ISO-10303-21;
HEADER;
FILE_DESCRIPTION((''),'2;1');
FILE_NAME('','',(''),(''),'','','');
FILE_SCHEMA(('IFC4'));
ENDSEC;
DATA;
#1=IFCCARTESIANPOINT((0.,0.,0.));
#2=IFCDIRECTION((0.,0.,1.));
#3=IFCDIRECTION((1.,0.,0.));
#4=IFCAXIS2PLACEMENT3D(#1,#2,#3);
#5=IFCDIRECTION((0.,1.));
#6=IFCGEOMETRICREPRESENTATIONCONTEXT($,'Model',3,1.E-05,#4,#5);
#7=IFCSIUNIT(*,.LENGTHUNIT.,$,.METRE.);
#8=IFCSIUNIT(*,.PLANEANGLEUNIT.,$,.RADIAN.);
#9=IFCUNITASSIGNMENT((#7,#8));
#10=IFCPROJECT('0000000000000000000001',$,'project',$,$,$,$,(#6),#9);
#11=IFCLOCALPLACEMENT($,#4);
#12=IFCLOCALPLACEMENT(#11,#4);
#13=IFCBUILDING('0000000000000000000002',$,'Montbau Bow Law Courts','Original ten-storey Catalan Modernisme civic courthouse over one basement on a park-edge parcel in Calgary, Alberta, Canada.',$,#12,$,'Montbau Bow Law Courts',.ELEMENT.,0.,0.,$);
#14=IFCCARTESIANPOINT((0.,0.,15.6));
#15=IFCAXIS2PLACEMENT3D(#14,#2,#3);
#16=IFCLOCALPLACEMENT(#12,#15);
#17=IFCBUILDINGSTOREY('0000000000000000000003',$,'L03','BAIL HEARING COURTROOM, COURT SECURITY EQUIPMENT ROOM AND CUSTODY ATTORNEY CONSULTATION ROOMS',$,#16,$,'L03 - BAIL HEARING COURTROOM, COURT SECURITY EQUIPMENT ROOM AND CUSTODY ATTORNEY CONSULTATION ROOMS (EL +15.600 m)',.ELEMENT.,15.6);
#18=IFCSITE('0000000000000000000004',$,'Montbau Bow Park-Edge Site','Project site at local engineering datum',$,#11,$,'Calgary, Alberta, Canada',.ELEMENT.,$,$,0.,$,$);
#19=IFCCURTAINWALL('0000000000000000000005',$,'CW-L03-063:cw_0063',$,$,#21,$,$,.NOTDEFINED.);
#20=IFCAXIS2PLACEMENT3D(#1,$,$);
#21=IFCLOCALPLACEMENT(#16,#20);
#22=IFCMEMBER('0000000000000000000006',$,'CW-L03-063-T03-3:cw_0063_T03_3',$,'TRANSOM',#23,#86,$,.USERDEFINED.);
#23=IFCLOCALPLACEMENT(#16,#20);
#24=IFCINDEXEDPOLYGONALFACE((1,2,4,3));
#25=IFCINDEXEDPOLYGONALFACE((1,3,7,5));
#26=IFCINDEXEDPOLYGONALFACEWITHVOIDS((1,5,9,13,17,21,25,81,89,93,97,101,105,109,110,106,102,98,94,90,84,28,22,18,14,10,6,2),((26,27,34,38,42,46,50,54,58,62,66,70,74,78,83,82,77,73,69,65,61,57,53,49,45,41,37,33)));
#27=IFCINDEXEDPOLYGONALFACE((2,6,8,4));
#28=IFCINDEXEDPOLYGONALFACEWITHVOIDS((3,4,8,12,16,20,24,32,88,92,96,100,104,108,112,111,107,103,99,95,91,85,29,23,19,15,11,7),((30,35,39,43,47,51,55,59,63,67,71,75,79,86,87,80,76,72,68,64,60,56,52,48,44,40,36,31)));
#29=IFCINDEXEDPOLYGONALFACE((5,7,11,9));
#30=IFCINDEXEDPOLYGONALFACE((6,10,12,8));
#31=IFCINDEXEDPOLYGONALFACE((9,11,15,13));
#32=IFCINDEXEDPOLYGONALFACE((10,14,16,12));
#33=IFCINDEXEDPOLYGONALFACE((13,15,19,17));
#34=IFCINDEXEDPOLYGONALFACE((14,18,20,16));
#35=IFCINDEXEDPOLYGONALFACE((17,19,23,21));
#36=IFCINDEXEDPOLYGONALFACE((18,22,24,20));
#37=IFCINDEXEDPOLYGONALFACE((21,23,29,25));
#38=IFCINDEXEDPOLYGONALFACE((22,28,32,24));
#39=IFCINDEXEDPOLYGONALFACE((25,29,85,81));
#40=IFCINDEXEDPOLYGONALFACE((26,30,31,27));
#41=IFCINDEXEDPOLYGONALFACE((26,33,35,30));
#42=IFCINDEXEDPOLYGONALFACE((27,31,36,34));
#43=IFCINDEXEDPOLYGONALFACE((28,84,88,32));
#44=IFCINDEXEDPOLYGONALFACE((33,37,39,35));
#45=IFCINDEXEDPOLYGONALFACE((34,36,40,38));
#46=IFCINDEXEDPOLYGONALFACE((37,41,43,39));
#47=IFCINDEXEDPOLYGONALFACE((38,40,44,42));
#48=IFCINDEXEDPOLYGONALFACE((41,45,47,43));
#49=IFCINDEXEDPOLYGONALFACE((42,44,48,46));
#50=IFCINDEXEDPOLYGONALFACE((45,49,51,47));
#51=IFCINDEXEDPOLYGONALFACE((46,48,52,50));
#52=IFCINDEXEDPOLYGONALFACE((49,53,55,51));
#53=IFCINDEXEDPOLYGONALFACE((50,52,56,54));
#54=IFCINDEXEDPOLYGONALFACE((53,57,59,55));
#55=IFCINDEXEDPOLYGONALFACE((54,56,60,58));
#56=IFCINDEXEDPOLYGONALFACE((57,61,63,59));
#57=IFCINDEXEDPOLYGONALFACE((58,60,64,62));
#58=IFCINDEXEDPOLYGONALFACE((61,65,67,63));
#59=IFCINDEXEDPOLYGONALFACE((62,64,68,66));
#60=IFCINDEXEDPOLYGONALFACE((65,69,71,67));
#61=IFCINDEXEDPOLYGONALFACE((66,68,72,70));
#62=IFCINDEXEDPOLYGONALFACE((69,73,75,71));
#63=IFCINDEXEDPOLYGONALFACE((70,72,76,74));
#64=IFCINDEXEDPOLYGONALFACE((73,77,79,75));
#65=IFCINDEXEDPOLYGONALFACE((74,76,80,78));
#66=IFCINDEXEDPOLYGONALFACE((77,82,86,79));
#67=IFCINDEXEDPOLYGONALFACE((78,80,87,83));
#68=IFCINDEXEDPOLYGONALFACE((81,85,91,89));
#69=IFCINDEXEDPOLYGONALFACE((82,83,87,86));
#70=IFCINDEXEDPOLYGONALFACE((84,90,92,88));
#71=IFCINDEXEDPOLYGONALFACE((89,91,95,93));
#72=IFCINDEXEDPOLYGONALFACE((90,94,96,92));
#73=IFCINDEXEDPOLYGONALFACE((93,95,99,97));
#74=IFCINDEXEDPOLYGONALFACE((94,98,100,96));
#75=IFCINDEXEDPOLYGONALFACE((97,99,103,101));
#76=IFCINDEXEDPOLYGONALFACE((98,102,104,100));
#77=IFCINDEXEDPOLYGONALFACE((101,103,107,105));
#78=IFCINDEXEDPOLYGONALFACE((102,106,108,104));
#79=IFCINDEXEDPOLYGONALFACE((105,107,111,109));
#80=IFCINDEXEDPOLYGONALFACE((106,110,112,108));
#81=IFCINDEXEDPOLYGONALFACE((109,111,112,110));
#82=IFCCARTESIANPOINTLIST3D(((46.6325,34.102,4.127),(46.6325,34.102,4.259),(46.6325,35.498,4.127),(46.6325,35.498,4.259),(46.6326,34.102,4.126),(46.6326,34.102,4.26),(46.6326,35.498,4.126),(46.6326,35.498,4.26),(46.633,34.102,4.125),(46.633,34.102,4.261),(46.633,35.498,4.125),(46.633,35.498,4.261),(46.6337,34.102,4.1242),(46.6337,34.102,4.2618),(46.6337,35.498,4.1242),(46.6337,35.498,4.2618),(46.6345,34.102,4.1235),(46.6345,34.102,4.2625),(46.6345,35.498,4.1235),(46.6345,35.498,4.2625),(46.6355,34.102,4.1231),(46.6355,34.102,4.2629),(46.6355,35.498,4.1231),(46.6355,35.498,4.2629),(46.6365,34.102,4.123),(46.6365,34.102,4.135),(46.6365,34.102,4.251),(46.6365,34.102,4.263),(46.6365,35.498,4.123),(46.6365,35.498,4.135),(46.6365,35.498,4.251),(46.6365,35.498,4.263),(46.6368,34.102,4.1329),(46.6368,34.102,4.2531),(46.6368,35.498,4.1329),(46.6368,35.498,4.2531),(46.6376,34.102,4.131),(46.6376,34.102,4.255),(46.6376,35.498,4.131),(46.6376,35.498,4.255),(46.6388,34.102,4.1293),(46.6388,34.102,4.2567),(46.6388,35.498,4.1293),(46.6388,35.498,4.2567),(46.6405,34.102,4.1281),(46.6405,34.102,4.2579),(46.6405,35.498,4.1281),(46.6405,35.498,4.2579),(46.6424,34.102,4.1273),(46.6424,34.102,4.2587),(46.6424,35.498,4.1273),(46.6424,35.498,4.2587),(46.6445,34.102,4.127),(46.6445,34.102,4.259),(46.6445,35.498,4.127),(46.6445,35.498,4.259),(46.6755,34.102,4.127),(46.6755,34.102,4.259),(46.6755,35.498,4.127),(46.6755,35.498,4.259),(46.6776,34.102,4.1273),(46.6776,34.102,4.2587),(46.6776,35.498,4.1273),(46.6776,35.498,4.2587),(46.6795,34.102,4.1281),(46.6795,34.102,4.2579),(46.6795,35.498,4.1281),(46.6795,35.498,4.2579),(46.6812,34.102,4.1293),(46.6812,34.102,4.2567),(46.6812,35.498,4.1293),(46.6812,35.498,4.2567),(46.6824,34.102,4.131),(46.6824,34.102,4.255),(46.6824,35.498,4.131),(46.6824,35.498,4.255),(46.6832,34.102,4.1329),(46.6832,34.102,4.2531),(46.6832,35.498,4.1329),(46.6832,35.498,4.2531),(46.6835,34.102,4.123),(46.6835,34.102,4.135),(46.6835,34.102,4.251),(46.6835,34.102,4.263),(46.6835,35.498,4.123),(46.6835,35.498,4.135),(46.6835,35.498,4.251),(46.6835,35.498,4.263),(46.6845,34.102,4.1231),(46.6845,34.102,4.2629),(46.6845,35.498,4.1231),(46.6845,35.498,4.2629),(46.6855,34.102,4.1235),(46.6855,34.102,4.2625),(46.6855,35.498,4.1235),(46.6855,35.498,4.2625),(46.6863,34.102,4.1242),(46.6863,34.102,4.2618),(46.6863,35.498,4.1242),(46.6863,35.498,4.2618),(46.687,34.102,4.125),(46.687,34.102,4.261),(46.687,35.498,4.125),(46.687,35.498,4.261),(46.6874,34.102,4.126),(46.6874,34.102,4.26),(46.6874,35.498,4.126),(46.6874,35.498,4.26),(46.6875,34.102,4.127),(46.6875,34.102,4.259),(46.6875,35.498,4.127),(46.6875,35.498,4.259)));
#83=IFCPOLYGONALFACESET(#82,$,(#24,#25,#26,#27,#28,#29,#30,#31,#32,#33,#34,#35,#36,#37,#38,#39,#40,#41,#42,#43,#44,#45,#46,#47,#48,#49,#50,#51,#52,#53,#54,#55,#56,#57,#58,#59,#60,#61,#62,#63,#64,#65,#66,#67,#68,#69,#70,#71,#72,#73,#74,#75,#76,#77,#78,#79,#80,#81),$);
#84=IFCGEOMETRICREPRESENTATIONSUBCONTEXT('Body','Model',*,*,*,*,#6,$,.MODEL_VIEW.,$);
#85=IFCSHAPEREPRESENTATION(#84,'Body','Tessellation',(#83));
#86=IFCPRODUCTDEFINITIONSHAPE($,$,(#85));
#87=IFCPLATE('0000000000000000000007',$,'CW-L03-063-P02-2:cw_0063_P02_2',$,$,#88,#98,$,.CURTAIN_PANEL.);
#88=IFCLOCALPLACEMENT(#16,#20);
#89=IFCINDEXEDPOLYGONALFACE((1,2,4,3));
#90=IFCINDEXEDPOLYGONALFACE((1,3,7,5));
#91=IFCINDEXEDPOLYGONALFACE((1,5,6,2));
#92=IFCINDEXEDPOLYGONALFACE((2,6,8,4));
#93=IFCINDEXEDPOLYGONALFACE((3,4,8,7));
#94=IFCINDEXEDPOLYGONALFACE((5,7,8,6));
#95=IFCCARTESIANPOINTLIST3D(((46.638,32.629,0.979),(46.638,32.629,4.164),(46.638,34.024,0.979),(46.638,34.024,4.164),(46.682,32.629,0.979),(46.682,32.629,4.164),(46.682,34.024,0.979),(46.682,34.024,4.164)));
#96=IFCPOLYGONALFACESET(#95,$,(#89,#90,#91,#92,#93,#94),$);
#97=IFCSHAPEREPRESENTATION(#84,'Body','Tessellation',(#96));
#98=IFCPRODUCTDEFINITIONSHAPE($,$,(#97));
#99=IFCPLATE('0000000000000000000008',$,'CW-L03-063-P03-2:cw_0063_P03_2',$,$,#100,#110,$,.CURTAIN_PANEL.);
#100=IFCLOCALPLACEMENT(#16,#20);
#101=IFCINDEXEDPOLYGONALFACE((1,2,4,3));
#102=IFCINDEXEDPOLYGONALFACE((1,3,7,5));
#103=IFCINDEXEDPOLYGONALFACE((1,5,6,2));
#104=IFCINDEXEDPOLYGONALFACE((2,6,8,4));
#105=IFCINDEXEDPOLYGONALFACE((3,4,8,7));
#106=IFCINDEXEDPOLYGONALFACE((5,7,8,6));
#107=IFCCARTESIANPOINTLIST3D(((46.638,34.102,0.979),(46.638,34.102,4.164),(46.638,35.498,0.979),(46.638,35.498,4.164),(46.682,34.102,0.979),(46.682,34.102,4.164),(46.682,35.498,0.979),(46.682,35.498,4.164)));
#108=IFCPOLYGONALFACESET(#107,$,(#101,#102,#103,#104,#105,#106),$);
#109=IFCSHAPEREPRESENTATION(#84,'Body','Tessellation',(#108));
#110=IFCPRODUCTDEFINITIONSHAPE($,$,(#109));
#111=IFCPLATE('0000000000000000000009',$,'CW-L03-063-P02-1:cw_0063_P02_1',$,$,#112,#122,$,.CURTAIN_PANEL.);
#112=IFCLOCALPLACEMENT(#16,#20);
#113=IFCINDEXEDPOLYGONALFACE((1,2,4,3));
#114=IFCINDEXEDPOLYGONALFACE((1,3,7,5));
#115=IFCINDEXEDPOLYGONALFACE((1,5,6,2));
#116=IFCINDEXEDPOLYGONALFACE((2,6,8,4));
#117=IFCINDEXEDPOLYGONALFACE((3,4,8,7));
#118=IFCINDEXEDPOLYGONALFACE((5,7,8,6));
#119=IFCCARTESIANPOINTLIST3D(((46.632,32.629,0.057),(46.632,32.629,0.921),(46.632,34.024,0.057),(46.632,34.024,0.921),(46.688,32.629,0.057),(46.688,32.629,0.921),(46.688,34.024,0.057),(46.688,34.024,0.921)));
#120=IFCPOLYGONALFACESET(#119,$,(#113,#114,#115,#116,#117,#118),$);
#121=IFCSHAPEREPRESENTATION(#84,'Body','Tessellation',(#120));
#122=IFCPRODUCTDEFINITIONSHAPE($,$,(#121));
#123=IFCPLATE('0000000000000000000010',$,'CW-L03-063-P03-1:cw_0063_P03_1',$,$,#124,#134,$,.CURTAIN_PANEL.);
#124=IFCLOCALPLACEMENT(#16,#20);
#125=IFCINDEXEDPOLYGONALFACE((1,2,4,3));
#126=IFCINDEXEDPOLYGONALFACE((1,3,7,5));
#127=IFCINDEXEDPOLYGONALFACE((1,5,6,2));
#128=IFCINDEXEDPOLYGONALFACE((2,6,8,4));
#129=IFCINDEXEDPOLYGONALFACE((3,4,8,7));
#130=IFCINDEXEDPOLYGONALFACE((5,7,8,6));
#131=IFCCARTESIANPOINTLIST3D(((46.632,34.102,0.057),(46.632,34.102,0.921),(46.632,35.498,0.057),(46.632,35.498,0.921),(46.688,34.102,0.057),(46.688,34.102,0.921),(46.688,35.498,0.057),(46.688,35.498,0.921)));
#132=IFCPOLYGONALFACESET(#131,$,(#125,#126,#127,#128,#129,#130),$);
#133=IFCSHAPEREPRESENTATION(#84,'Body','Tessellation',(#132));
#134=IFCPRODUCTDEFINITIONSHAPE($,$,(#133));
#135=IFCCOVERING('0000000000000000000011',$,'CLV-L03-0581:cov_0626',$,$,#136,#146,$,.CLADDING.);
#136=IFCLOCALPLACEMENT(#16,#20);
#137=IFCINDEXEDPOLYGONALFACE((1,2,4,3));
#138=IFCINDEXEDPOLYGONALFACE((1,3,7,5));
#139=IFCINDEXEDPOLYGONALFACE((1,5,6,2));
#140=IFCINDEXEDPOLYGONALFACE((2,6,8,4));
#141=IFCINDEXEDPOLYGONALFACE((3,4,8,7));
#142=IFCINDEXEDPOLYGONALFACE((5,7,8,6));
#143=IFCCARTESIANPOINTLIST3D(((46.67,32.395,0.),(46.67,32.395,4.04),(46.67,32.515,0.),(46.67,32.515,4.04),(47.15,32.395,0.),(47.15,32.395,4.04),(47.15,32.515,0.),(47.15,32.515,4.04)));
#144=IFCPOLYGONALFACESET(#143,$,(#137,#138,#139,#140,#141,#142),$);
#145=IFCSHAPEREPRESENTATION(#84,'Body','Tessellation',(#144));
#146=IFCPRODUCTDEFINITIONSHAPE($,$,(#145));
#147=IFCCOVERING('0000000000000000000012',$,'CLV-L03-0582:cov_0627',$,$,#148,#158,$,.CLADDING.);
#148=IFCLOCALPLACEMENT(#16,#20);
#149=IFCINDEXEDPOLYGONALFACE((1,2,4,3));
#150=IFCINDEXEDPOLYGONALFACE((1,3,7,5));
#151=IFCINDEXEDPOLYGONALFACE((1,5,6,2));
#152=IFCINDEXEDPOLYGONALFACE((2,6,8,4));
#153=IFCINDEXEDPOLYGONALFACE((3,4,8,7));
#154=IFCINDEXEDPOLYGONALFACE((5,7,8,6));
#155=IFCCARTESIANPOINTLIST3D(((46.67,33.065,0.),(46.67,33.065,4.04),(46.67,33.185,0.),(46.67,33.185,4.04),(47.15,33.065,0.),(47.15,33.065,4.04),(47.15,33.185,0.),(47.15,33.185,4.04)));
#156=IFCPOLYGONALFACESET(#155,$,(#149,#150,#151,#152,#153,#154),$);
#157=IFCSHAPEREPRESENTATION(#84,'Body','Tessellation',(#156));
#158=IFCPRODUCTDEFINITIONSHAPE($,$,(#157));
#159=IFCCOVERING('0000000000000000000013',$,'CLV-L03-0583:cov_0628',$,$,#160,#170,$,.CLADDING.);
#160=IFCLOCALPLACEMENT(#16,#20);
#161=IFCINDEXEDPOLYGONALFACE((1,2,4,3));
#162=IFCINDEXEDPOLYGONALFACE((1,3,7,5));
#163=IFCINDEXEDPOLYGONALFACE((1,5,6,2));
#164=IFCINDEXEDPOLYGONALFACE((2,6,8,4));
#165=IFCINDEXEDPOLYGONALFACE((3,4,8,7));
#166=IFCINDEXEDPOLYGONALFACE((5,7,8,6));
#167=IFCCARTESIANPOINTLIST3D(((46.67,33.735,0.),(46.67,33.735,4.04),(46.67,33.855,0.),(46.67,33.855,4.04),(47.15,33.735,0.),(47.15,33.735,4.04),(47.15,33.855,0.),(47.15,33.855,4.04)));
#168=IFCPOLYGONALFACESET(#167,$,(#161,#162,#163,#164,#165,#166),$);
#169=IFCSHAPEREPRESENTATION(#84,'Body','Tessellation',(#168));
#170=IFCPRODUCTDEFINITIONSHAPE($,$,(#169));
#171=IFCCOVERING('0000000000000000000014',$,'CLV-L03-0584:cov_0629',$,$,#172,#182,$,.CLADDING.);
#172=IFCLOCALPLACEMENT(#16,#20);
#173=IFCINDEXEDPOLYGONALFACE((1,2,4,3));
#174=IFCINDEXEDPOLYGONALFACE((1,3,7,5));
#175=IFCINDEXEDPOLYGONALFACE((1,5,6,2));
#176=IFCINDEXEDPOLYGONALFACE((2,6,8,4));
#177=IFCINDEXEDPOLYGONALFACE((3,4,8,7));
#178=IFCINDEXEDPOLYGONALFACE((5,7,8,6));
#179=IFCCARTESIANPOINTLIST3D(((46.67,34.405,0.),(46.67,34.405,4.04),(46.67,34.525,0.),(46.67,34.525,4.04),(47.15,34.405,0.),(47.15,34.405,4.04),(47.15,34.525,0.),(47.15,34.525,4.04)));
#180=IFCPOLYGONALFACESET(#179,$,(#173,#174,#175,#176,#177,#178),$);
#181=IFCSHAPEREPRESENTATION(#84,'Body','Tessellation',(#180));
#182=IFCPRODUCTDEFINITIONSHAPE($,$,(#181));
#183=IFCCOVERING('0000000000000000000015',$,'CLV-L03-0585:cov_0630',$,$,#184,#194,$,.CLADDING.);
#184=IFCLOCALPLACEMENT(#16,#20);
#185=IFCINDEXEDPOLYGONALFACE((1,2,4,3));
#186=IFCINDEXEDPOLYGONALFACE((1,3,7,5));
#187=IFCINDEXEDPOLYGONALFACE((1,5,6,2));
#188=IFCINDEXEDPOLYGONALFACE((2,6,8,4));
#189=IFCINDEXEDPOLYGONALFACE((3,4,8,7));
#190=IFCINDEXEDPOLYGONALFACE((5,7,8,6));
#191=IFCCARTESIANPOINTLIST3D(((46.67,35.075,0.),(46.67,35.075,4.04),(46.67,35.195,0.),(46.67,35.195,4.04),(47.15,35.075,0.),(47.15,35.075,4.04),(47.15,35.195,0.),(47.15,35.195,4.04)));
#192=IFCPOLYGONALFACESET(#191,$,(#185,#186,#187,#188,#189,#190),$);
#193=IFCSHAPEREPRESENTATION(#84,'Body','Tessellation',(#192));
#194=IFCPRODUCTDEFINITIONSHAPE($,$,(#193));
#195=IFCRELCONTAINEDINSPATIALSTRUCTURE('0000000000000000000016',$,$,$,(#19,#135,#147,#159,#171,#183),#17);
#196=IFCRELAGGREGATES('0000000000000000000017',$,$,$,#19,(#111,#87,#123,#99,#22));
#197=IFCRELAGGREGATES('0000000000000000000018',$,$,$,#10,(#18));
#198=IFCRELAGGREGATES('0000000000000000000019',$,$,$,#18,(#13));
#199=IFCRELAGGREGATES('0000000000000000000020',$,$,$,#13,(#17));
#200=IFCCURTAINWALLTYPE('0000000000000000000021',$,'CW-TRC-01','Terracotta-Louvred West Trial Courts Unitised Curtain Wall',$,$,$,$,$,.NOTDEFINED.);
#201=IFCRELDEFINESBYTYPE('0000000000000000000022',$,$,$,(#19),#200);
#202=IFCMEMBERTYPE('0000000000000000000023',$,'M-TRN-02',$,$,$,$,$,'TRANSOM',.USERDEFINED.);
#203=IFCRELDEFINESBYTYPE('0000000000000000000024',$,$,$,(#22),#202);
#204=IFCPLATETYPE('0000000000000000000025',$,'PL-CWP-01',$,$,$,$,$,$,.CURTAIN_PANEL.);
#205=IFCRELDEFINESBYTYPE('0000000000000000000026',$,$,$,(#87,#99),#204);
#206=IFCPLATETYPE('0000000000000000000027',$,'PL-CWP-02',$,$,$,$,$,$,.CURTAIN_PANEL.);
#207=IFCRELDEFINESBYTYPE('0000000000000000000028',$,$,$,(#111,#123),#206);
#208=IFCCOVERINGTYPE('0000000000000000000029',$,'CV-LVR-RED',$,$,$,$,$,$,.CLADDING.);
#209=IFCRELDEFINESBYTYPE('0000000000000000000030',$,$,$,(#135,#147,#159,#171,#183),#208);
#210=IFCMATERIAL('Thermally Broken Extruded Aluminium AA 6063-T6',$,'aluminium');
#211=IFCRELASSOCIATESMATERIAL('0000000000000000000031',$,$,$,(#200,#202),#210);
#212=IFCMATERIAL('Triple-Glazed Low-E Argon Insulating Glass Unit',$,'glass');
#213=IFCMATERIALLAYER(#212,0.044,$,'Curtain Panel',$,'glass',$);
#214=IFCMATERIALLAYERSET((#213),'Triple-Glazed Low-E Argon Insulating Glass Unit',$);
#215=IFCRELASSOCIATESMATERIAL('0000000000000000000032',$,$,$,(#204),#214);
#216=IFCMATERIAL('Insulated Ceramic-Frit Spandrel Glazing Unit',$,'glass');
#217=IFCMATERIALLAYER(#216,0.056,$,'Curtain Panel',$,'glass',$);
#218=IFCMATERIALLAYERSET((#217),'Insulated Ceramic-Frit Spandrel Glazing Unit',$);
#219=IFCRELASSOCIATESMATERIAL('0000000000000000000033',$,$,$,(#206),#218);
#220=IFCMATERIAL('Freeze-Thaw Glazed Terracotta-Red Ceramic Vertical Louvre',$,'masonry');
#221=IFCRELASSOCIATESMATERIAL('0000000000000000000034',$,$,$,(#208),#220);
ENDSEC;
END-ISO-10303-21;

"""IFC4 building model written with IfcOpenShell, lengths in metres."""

from ifc_helpers import new_model, si_unit, direction, frame, frame_2d, origin_with_axes, origin_2d_with_axis, place, context, subcontext, project, spatial, rectangle, hollow_rectangle, extrude, material, layer, layer_set, material_profile, profile_set, type_object, element, aggregate, save


model = new_model("IFC4")

# Units and contexts
model_context = context("Model", 3, precision=1e-05, world=origin_with_axes(), true_north=direction((0.0, 1.0)))
body_context = subcontext(model_context, "Body", "Model", "MODEL_VIEW")
ifc_project = project(units=[si_unit("LENGTHUNIT", "METRE"), si_unit("PLANEANGLEUNIT", "RADIAN")], contexts=[model_context])

# Site, building, storey
site_placement = place(None, origin_with_axes())
site = spatial("IfcSite", under=ifc_project, at=site_placement, Name="Montbau Bow Park-Edge Site", Description="Project site at local engineering datum", LongName="Calgary, Alberta, Canada", CompositionType="ELEMENT", RefElevation=0.0)
building_placement = place(site_placement, origin_with_axes())
building = spatial("IfcBuilding", under=site, at=building_placement, Name="Montbau Bow Law Courts", Description="Original ten-storey Catalan Modernisme civic courthouse over one basement on a park-edge parcel in Calgary, Alberta, Canada.", LongName="Montbau Bow Law Courts", CompositionType="ELEMENT", ElevationOfRefHeight=0.0, ElevationOfTerrain=0.0)
storey_placement = place(building_placement, frame((0.0, 0.0, 15.6), z_axis=(0.0, 0.0, 1.0), x_axis=(1.0, 0.0, 0.0)))
storey = spatial("IfcBuildingStorey", under=building, at=storey_placement, Name="L03", Description="BAIL HEARING COURTROOM, COURT SECURITY EQUIPMENT ROOM AND CUSTODY ATTORNEY CONSULTATION ROOMS", LongName="L03 - BAIL HEARING COURTROOM, COURT SECURITY EQUIPMENT ROOM AND CUSTODY ATTORNEY CONSULTATION ROOMS (EL +15.600 m)", CompositionType="ELEMENT", Elevation=15.6)

# Curtain wall, member, plates
ifc_material_1 = material(Name="Thermally Broken Extruded Aluminium AA 6063-T6", Category="aluminium")
curtain_wall_type = type_object("IfcCurtainWallType", Name="CW-TRC-01", Description="Terracotta-Louvred West Trial Courts Unitised Curtain Wall", PredefinedType="NOTDEFINED", material=ifc_material_1)
curtain_wall_placement = place(None, frame((46.66, 31.115, 15.6), z_axis=(0.0, 0.0, 1.0), x_axis=(1.0, 0.0, 0.0)))
curtain_wall = element("IfcCurtainWall", 1, at=curtain_wall_placement, inside=storey, type_object=curtain_wall_type, Name="CW-L03-063:cw_0063", PredefinedType="NOTDEFINED")
ifc_material_profile_1 = material_profile(ifc_material_1, hollow_rectangle(XDim=0.055, YDim=0.14, WallThickness=0.004, InnerFilletRadius=0.008, OuterFilletRadius=0.004, at=origin_2d_with_axis()), Name="CWT-140X55", Category="Main", Priority=0)
ifc_profile_set_1 = profile_set([ifc_material_profile_1], Name="Thermally Broken Extruded Aluminium AA 6063-T6")
member_type_1 = type_object("IfcMemberType", Name="M-TRN-02", ElementType="TRANSOM", PredefinedType="USERDEFINED", material=ifc_profile_set_1)
member_1_placement = place(None, frame((46.66, 34.102, 19.793), z_axis=(0.0, 1.0, 0.0), x_axis=(-1.0, 0.0, 0.0)))
member_1 = element("IfcMember", 2, at=member_1_placement, type_object=member_type_1, Name="CW-L03-063-T03-3:cw_0063_T03_3", ObjectType="TRANSOM", PredefinedType="USERDEFINED", context=body_context, shape_type="SweptSolid", body=[
    extrude(hollow_rectangle(XDim=0.055, YDim=0.14, WallThickness=0.004, InnerFilletRadius=0.008, OuterFilletRadius=0.004, at=origin_2d_with_axis()), origin_with_axes(), (0.0, 0.0, 1.0), 1.396),
])
ifc_material_2 = material(Name="Triple-Glazed Low-E Argon Insulating Glass Unit", Category="glass")
ifc_layer_1 = layer(ifc_material_2, 0.044, Name="Curtain Panel", Category="glass")
ifc_layer_set_1 = layer_set([ifc_layer_1], Name="Triple-Glazed Low-E Argon Insulating Glass Unit")
plate_type_1 = type_object("IfcPlateType", Name="PL-CWP-01", PredefinedType="CURTAIN_PANEL", material=ifc_layer_set_1)
plate_1_placement = place(None, frame((46.66, 32.629, 16.579), z_axis=(1.0, 0.0, 0.0), x_axis=(0.0, 1.0, 0.0)))
plate_1 = element("IfcPlate", 3, at=plate_1_placement, type_object=plate_type_1, Name="CW-L03-063-P02-2:cw_0063_P02_2", PredefinedType="CURTAIN_PANEL", context=body_context, shape_type="SweptSolid", body=[
    extrude(rectangle(XDim=1.395, YDim=3.185, at=frame_2d((0.6975, 1.5925), x_axis=(1.0, 0.0))), frame((0.0, 0.0, -0.022), z_axis=(0.0, 0.0, 1.0), x_axis=(1.0, 0.0, 0.0)), (0.0, 0.0, 1.0), 0.044),
])
plate_2_placement = place(None, frame((46.66, 34.102, 16.579), z_axis=(1.0, 0.0, 0.0), x_axis=(0.0, 1.0, 0.0)))
plate_2 = element("IfcPlate", 4, at=plate_2_placement, type_object=plate_type_1, Name="CW-L03-063-P03-2:cw_0063_P03_2", PredefinedType="CURTAIN_PANEL", context=body_context, shape_type="SweptSolid", body=[
    extrude(rectangle(XDim=1.396, YDim=3.185, at=frame_2d((0.698, 1.5925), x_axis=(1.0, 0.0))), frame((0.0, 0.0, -0.022), z_axis=(0.0, 0.0, 1.0), x_axis=(1.0, 0.0, 0.0)), (0.0, 0.0, 1.0), 0.044),
])
ifc_material_3 = material(Name="Insulated Ceramic-Frit Spandrel Glazing Unit", Category="glass")
ifc_layer_2 = layer(ifc_material_3, 0.056, Name="Curtain Panel", Category="glass")
ifc_layer_set_2 = layer_set([ifc_layer_2], Name="Insulated Ceramic-Frit Spandrel Glazing Unit")
plate_type_2 = type_object("IfcPlateType", Name="PL-CWP-02", PredefinedType="CURTAIN_PANEL", material=ifc_layer_set_2)
plate_3_placement = place(None, frame((46.66, 32.629, 15.657), z_axis=(1.0, 0.0, 0.0), x_axis=(0.0, 1.0, 0.0)))
plate_3 = element("IfcPlate", 5, at=plate_3_placement, type_object=plate_type_2, Name="CW-L03-063-P02-1:cw_0063_P02_1", PredefinedType="CURTAIN_PANEL", context=body_context, shape_type="SweptSolid", body=[
    extrude(rectangle(XDim=1.395, YDim=0.864, at=frame_2d((0.6975, 0.432), x_axis=(1.0, 0.0))), frame((0.0, 0.0, -0.028), z_axis=(0.0, 0.0, 1.0), x_axis=(1.0, 0.0, 0.0)), (0.0, 0.0, 1.0), 0.056),
])
plate_4_placement = place(None, frame((46.66, 34.102, 15.657), z_axis=(1.0, 0.0, 0.0), x_axis=(0.0, 1.0, 0.0)))
plate_4 = element("IfcPlate", 6, at=plate_4_placement, type_object=plate_type_2, Name="CW-L03-063-P03-1:cw_0063_P03_1", PredefinedType="CURTAIN_PANEL", context=body_context, shape_type="SweptSolid", body=[
    extrude(rectangle(XDim=1.396, YDim=0.864, at=frame_2d((0.698, 0.432), x_axis=(1.0, 0.0))), frame((0.0, 0.0, -0.028), z_axis=(0.0, 0.0, 1.0), x_axis=(1.0, 0.0, 0.0)), (0.0, 0.0, 1.0), 0.056),
])
aggregate(curtain_wall, [plate_3, plate_1, plate_4, plate_2, member_1])

# Coverings
ifc_material_4 = material(Name="Freeze-Thaw Glazed Terracotta-Red Ceramic Vertical Louvre", Category="masonry")
covering_type = type_object("IfcCoveringType", Name="CV-LVR-RED", PredefinedType="CLADDING", material=ifc_material_4)
for number, where, z_axis, x_axis, name in (
    (7, (46.67, 32.455, 15.6), (0.0, -1.0, 0.0), (1.0, 0.0, 0.0), "CLV-L03-0581:cov_0626"),
    (8, (46.67, 33.125, 15.6), (0.0, -1.0, 0.0), (1.0, 0.0, 0.0), "CLV-L03-0582:cov_0627"),
    (9, (46.67, 33.795, 15.6), (0.0, -1.0, 0.0), (1.0, 0.0, 0.0), "CLV-L03-0583:cov_0628"),
    (10, (46.67, 34.465, 15.6), (0.0, -1.0, 0.0), (1.0, 0.0, 0.0), "CLV-L03-0584:cov_0629"),
    (11, (46.67, 35.135, 15.6), (0.0, -1.0, 0.0), (1.0, 0.0, 0.0), "CLV-L03-0585:cov_0630"),
):
    element("IfcCovering", number, at=place(None, frame(where, z_axis=z_axis, x_axis=x_axis)), inside=storey, type_object=covering_type, Name=name, PredefinedType="CLADDING", context=body_context, shape_type="SweptSolid", body=[
        extrude(rectangle(XDim=0.48, YDim=4.04, at=frame_2d((0.24, 2.02), x_axis=(1.0, 0.0))), frame((0.0, 0.0, -0.06), z_axis=(0.0, 0.0, 1.0), x_axis=(1.0, 0.0, 0.0)), (0.0, 0.0, 1.0), 0.12),
    ])

save(model, "model.ifc")
